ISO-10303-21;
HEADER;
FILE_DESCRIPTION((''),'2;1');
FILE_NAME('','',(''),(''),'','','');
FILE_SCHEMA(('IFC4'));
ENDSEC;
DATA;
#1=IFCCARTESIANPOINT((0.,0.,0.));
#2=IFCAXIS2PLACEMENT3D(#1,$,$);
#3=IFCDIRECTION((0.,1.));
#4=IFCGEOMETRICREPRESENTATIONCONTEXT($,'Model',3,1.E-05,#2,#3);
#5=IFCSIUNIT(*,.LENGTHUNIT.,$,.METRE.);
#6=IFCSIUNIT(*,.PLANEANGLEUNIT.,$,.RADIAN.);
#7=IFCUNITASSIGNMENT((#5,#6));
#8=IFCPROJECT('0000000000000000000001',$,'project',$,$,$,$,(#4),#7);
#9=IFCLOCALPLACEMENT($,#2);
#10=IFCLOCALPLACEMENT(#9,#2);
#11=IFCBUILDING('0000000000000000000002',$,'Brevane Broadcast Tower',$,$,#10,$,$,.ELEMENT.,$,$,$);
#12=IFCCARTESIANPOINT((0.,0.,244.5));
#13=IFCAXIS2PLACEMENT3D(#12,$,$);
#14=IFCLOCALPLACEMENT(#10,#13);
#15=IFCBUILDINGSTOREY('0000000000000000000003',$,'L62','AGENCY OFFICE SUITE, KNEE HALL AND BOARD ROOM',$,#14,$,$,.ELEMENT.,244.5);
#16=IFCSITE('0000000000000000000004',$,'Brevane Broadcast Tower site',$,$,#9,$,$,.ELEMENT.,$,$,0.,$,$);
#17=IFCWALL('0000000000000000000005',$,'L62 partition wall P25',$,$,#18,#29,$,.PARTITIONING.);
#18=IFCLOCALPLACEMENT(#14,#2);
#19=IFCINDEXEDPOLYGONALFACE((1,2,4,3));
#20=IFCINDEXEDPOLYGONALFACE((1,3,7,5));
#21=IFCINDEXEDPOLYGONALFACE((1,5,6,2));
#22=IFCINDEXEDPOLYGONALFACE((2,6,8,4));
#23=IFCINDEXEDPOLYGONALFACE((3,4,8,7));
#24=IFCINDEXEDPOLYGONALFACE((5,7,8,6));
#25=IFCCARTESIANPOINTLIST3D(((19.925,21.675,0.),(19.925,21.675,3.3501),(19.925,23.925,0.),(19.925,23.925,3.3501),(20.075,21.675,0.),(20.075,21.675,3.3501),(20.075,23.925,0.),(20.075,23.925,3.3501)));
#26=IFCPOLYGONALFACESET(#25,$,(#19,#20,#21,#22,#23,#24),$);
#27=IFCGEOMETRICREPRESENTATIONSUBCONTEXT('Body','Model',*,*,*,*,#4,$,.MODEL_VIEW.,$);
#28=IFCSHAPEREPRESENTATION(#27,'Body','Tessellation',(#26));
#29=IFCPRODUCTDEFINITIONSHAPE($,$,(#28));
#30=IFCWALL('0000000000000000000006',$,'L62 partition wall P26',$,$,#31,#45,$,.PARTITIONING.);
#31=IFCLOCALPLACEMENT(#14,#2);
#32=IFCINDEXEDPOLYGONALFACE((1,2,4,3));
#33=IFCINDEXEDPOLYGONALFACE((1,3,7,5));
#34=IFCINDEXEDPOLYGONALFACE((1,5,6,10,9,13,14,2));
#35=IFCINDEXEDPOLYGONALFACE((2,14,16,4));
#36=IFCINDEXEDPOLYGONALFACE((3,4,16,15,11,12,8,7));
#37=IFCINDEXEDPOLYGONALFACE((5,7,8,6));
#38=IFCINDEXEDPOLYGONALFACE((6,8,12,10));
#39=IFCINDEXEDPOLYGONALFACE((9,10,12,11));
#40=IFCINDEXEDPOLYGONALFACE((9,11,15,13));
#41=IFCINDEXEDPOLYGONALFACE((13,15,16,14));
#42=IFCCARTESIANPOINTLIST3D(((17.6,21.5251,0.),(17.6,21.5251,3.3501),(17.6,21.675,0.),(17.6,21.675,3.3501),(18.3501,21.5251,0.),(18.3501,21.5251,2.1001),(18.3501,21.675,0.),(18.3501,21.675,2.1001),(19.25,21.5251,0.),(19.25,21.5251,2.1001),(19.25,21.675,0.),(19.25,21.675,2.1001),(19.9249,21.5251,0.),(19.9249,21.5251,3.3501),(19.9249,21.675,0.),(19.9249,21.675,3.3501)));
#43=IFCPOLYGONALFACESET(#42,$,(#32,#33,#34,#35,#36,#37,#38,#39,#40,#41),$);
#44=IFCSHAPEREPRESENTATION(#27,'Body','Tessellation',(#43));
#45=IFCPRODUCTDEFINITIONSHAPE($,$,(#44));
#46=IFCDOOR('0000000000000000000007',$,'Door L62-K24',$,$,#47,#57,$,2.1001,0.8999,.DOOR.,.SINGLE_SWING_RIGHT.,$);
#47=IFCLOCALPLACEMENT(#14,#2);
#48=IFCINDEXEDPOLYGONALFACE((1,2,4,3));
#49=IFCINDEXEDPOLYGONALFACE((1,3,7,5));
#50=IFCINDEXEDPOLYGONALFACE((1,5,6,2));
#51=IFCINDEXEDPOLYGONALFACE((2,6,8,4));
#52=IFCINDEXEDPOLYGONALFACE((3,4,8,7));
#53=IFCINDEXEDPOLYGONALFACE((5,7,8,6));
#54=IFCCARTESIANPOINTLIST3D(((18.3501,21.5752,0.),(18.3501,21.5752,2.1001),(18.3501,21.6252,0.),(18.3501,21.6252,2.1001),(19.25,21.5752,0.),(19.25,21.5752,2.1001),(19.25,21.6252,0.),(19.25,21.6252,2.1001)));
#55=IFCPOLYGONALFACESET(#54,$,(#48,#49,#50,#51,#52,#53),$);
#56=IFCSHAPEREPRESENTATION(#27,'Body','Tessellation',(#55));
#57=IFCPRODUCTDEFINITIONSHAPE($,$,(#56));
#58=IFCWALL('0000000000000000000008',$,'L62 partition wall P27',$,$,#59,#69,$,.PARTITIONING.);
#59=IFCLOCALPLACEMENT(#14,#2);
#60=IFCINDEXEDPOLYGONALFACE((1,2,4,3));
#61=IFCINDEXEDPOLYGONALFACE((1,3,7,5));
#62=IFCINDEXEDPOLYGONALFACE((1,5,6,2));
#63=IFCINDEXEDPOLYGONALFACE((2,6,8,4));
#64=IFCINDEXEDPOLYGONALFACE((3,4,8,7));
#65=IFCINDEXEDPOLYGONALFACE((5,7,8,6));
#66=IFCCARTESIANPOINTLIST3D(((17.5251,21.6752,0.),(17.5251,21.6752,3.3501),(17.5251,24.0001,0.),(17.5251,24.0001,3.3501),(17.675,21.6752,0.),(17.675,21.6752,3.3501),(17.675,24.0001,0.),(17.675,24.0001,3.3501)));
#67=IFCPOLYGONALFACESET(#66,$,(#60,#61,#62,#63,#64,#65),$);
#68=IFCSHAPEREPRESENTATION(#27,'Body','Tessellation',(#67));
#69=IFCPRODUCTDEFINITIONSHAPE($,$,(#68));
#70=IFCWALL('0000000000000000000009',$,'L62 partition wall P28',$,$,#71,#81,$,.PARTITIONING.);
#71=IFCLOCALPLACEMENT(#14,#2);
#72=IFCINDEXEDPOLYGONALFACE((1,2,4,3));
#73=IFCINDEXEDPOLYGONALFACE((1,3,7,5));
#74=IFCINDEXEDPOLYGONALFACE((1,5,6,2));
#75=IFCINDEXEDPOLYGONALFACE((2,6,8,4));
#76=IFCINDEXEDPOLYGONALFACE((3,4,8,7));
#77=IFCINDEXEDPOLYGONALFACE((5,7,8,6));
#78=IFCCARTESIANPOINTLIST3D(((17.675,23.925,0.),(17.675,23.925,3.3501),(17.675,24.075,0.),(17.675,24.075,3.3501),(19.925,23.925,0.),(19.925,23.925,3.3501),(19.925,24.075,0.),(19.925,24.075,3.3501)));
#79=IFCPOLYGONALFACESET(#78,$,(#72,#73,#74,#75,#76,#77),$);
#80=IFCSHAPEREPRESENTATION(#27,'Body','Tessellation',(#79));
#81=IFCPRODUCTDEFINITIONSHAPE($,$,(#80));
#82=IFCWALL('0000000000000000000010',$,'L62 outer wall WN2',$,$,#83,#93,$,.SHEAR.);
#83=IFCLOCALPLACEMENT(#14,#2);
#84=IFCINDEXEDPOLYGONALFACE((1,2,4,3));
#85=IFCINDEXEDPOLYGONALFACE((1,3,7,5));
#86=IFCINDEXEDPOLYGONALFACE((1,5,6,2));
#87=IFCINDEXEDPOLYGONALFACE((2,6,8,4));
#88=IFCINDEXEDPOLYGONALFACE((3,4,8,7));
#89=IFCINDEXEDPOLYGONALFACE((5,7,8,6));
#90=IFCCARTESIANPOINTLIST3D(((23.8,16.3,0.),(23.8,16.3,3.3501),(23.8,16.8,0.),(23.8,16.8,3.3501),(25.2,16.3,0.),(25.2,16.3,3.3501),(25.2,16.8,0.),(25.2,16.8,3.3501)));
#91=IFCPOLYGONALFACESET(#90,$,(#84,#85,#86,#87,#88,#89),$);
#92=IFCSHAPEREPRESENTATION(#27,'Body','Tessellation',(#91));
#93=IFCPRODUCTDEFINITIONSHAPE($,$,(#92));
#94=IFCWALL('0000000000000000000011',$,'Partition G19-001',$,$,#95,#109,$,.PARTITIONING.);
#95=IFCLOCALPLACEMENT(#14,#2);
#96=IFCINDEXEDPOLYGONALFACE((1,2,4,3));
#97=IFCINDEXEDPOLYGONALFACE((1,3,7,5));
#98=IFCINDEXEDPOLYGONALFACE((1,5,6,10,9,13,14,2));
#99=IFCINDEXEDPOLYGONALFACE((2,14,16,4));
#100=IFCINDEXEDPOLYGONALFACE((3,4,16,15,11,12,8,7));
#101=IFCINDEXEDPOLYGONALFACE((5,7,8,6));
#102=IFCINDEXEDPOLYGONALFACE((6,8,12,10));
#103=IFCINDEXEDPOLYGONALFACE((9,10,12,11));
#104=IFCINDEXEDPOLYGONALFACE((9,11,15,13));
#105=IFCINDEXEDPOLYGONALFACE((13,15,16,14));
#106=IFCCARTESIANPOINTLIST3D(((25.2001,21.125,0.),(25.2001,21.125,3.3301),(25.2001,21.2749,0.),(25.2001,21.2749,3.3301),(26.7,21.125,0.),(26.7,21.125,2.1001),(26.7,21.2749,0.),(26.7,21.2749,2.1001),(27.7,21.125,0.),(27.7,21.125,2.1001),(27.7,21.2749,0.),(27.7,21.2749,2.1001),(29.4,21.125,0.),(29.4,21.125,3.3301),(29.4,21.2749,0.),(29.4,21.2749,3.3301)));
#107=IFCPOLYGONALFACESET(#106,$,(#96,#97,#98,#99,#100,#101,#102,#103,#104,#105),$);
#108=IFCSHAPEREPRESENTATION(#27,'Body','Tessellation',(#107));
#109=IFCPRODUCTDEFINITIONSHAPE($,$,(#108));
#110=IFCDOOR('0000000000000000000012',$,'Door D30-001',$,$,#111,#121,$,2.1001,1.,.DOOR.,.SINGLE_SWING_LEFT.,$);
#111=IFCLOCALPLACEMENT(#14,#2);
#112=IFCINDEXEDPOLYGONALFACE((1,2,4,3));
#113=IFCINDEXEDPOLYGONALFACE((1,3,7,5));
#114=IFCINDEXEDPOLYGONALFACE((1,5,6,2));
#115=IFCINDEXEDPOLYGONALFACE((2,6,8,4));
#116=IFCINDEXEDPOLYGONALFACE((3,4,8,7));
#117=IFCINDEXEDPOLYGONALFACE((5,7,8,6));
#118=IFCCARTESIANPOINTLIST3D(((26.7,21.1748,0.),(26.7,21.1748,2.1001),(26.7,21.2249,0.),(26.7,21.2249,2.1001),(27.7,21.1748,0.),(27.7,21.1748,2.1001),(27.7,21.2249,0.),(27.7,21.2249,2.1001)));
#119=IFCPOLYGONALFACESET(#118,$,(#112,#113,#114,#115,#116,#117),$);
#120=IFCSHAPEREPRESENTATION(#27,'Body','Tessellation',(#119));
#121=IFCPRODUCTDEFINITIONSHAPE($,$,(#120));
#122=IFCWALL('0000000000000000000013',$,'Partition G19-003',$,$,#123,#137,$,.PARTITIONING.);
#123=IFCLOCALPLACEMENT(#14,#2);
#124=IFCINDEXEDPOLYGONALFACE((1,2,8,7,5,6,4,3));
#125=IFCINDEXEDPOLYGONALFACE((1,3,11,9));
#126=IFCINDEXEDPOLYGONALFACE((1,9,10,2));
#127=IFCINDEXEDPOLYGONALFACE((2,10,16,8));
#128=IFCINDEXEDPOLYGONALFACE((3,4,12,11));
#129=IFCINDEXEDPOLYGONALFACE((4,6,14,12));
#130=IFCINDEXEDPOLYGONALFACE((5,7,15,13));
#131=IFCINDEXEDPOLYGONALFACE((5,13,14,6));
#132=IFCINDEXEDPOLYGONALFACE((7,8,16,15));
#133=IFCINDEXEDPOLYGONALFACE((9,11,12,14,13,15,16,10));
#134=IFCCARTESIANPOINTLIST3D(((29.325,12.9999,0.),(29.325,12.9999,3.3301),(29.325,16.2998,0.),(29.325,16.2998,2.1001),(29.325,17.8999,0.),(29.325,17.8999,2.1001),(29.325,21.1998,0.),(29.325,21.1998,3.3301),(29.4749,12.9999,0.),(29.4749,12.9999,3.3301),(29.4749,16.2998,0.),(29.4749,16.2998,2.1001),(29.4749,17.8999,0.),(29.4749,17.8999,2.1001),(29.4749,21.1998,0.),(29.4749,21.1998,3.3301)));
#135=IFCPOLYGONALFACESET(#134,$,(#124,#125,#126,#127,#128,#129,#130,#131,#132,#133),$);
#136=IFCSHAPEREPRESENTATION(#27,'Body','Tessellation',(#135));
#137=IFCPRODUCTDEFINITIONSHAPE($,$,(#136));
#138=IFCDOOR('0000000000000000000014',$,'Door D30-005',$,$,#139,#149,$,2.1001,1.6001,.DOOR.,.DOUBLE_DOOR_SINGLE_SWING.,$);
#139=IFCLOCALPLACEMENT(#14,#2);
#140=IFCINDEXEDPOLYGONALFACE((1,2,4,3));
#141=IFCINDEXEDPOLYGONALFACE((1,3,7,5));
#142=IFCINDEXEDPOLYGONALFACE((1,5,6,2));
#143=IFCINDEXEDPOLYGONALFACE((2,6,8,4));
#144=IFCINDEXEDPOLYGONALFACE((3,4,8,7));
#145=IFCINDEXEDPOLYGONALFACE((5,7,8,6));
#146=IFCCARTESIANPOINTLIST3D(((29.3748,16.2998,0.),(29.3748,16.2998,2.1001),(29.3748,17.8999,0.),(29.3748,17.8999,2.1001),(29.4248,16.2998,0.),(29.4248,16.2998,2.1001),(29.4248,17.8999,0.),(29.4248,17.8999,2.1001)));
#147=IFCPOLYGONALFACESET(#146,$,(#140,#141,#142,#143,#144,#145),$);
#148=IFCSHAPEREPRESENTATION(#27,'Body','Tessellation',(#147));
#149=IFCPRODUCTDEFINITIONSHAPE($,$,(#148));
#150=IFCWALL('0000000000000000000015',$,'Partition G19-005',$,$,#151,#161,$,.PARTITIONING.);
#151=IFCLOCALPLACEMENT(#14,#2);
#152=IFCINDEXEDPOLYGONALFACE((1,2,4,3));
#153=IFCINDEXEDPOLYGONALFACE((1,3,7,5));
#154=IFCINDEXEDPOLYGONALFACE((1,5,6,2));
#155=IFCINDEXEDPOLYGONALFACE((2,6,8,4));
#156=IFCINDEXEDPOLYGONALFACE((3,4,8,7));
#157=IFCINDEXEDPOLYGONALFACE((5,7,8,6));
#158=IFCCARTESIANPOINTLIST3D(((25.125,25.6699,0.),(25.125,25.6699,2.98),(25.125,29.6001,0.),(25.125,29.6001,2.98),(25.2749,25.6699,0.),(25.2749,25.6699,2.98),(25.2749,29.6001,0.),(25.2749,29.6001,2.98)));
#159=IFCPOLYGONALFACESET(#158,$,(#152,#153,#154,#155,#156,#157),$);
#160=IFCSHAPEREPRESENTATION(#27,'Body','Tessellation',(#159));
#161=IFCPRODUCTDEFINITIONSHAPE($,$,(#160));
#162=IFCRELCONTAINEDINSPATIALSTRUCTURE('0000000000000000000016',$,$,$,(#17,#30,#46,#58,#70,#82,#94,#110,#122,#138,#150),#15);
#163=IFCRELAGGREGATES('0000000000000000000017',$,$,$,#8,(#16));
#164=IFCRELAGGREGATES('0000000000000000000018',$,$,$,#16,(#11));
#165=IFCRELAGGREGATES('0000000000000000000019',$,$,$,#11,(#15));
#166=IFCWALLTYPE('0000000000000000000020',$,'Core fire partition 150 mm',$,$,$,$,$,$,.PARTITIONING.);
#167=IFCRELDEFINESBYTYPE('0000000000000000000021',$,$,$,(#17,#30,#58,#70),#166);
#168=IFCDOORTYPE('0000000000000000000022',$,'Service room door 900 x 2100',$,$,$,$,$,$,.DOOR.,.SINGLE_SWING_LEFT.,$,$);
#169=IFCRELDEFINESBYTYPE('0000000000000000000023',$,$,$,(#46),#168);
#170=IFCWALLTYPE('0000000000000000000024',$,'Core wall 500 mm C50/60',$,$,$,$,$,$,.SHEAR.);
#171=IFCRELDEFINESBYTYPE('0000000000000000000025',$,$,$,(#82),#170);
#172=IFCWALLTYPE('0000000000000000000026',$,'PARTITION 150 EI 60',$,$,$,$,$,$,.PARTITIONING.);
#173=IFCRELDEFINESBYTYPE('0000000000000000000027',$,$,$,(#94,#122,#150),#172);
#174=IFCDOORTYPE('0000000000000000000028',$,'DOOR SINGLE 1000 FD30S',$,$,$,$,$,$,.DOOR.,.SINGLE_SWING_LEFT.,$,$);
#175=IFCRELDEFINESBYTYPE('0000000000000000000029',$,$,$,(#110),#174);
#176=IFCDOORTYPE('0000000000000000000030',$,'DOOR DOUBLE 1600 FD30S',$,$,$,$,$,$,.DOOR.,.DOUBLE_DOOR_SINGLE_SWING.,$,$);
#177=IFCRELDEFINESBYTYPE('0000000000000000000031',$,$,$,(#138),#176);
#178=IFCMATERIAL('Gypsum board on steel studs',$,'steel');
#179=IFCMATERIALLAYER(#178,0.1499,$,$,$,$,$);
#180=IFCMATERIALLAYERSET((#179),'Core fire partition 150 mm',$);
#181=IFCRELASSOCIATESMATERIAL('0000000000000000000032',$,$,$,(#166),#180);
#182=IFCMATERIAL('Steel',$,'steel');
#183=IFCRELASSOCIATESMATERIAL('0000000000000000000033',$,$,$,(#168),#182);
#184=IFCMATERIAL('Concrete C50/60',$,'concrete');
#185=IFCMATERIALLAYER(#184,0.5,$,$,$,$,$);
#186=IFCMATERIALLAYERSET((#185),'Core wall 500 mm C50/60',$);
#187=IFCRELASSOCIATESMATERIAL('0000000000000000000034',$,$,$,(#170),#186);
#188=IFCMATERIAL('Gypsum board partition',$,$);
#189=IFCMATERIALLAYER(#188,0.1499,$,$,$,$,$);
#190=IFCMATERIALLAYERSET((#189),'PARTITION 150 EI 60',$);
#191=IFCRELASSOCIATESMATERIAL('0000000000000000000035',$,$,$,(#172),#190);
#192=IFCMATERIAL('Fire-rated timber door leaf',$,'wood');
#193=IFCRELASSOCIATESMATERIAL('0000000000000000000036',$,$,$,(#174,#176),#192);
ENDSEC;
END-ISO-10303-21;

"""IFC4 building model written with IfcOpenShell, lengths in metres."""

from ifc_helpers import new_model, si_unit, direction, frame, frame_2d, origin, place, context, subcontext, project, spatial, rectangle, extrude, material, layer, layer_set, type_object, element, fill, save


model = new_model("IFC4")

# Units and contexts
model_context = context("Model", 3, precision=1e-05, world=origin(), true_north=direction((0.0, 1.0)))
body_context = subcontext(model_context, "Body", "Model", "MODEL_VIEW")
ifc_project = project(units=[si_unit("LENGTHUNIT", "METRE"), si_unit("PLANEANGLEUNIT", "RADIAN")], contexts=[model_context])

# Site, building, storey
site_placement = place(None, origin())
site = spatial("IfcSite", under=ifc_project, at=site_placement, Name="Brevane Broadcast Tower site", CompositionType="ELEMENT", RefElevation=0.0)
building_placement = place(site_placement, origin())
building = spatial("IfcBuilding", under=site, at=building_placement, Name="Brevane Broadcast Tower", CompositionType="ELEMENT")
storey_placement = place(building_placement, frame((0.0, 0.0, 244.5)))
storey = spatial("IfcBuildingStorey", under=building, at=storey_placement, Name="L62", Description="AGENCY OFFICE SUITE, KNEE HALL AND BOARD ROOM", CompositionType="ELEMENT", Elevation=244.5)

# Shared definitions
ifc_material_1 = material(Name="Concrete C50/60", Category="concrete")

# Shared definitions
ifc_material_2 = material(Name="Gypsum board on steel studs", Category="steel")
ifc_layer_1 = layer(ifc_material_2, 0.1499)
ifc_layer_set_1 = layer_set([ifc_layer_1], Name="Core fire partition 150 mm")
wall_type_1 = type_object("IfcWallType", Name="Core fire partition 150 mm", PredefinedType="PARTITIONING", material=ifc_layer_set_1)

# Wall
wall_1_placement = place(storey_placement, frame((20.0, 21.675, 0.0), z_axis=(0.0, 0.0, 1.0), x_axis=(0.0, 1.0, 0.0)))
element("IfcWall", 1, at=wall_1_placement, inside=storey, type_object=wall_type_1, Name="L62 partition wall P25", PredefinedType="PARTITIONING", context=body_context, shape_type="SweptSolid", body=[
    extrude(rectangle(XDim=2.25, YDim=0.1499, at=frame_2d((1.125, 0.0))), origin(), (0.0, 0.0, 1.0), 3.3501),
])

# Wall, opening, door
wall_2_placement = place(storey_placement, frame((19.925, 21.6001, 0.0), z_axis=(0.0, 0.0, 1.0), x_axis=(-1.0, 0.0, 0.0)))
wall_2 = element("IfcWall", 2, at=wall_2_placement, inside=storey, type_object=wall_type_1, Name="L62 partition wall P26", PredefinedType="PARTITIONING", context=body_context, shape_type="SweptSolid", body=[
    extrude(rectangle(XDim=2.325, YDim=0.1499, at=frame_2d((1.1626, 0.0))), origin(), (0.0, 0.0, 1.0), 3.3501),
])
opening_1_placement = place(wall_2_placement, frame((0.675, 0.0, 0.0)))
opening_1 = element("IfcOpeningElement", 3, at=opening_1_placement, cuts=wall_2, PredefinedType="OPENING", context=body_context, shape_type="SweptSolid", body=[
    extrude(rectangle(XDim=0.8999, YDim=2.1001, at=frame_2d((0.45, 1.05))), frame((0.0, 0.085, 0.0), z_axis=(0.0, -1.0, 0.0), x_axis=(1.0, 0.0, 0.0)), (0.0, 0.0, 1.0), 0.1699),
])
ifc_material_3 = material(Name="Steel", Category="steel")
door_type_1 = type_object("IfcDoorType", Name="Service room door 900 x 2100", OperationType="SINGLE_SWING_LEFT", PredefinedType="DOOR", material=ifc_material_3)
door_1_placement = place(opening_1_placement, origin())
door_1 = element("IfcDoor", 4, at=door_1_placement, inside=storey, type_object=door_type_1, Name="Door L62-K24", OperationType="SINGLE_SWING_RIGHT", OverallHeight=2.1001, OverallWidth=0.8999, PredefinedType="DOOR", context=body_context, shape_type="SweptSolid", body=[
    extrude(rectangle(XDim=0.8999, YDim=2.1001, at=frame_2d((0.45, 1.05))), frame((0.0, 0.0249, 0.0), z_axis=(0.0, -1.0, 0.0), x_axis=(1.0, 0.0, 0.0)), (0.0, 0.0, 1.0), 0.05),
])
fill(opening_1, door_1)

# Walls
wall_3_placement = place(storey_placement, frame((17.6001, 21.675, 0.0), z_axis=(0.0, 0.0, 1.0), x_axis=(0.0, 1.0, 0.0)))
element("IfcWall", 5, at=wall_3_placement, inside=storey, type_object=wall_type_1, Name="L62 partition wall P27", PredefinedType="PARTITIONING", context=body_context, shape_type="SweptSolid", body=[
    extrude(rectangle(XDim=2.325, YDim=0.1499, at=frame_2d((1.1626, 0.0))), origin(), (0.0, 0.0, 1.0), 3.3501),
])
wall_4_placement = place(storey_placement, frame((17.675, 24.0, 0.0), z_axis=(0.0, 0.0, 1.0), x_axis=(1.0, 0.0, 0.0)))
element("IfcWall", 6, at=wall_4_placement, inside=storey, type_object=wall_type_1, Name="L62 partition wall P28", PredefinedType="PARTITIONING", context=body_context, shape_type="SweptSolid", body=[
    extrude(rectangle(XDim=2.25, YDim=0.1499, at=frame_2d((1.125, 0.0))), origin(), (0.0, 0.0, 1.0), 3.3501),
])
ifc_layer_2 = layer(ifc_material_1, 0.5)
ifc_layer_set_2 = layer_set([ifc_layer_2], Name="Core wall 500 mm C50/60")
wall_type_2 = type_object("IfcWallType", Name="Core wall 500 mm C50/60", PredefinedType="SHEAR", material=ifc_layer_set_2)
wall_5_placement = place(storey_placement, frame((23.8, 16.55, 0.0), z_axis=(0.0, 0.0, 1.0), x_axis=(1.0, 0.0, 0.0)))
element("IfcWall", 7, at=wall_5_placement, inside=storey, type_object=wall_type_2, Name="L62 outer wall WN2", PredefinedType="SHEAR", context=body_context, shape_type="SweptSolid", body=[
    extrude(rectangle(XDim=1.3999, YDim=0.5, at=frame_2d((0.7, 0.0))), origin(), (0.0, 0.0, 1.0), 3.3501),
])

# Walls, openings, doors
ifc_material_4 = material(Name="Gypsum board partition")
ifc_layer_3 = layer(ifc_material_4, 0.1499)
ifc_layer_set_3 = layer_set([ifc_layer_3], Name="PARTITION 150 EI 60")
wall_type_3 = type_object("IfcWallType", Name="PARTITION 150 EI 60", PredefinedType="PARTITIONING", material=ifc_layer_set_3)
wall_6_placement = place(storey_placement, frame((25.2, 21.2, 0.0), z_axis=(0.0, 0.0, 1.0), x_axis=(1.0, 0.0, 0.0)))
wall_6 = element("IfcWall", 8, at=wall_6_placement, inside=storey, type_object=wall_type_3, Name="Partition G19-001", PredefinedType="PARTITIONING", context=body_context, shape_type="SweptSolid", body=[
    extrude(rectangle(XDim=4.2, YDim=0.1499, at=frame_2d((2.1001, 0.0))), origin(), (0.0, 0.0, 1.0), 3.3301),
])
opening_2_placement = place(wall_6_placement, frame((1.5, 0.0, 0.0)))
opening_2 = element("IfcOpeningElement", 9, at=opening_2_placement, cuts=wall_6, PredefinedType="OPENING", context=body_context, shape_type="SweptSolid", body=[
    extrude(rectangle(XDim=1.0, YDim=2.1001, at=frame_2d((0.5, 1.05))), frame((0.0, 0.085, 0.0), z_axis=(0.0, -1.0, 0.0), x_axis=(1.0, 0.0, 0.0)), (0.0, 0.0, 1.0), 0.1699),
])
ifc_material_5 = material(Name="Fire-rated timber door leaf", Category="wood")
door_type_2 = type_object("IfcDoorType", Name="DOOR SINGLE 1000 FD30S", OperationType="SINGLE_SWING_LEFT", PredefinedType="DOOR", material=ifc_material_5)
door_2_placement = place(opening_2_placement, origin())
door_2 = element("IfcDoor", 10, at=door_2_placement, inside=storey, type_object=door_type_2, Name="Door D30-001", OperationType="SINGLE_SWING_LEFT", OverallHeight=2.1001, OverallWidth=1.0, PredefinedType="DOOR", context=body_context, shape_type="SweptSolid", body=[
    extrude(rectangle(XDim=1.0, YDim=2.1001, at=frame_2d((0.5, 1.05))), frame((0.0, 0.0249, 0.0), z_axis=(0.0, -1.0, 0.0), x_axis=(1.0, 0.0, 0.0)), (0.0, 0.0, 1.0), 0.05),
])
fill(opening_2, door_2)
wall_7_placement = place(storey_placement, frame((29.3999, 21.2, 0.0), z_axis=(0.0, 0.0, 1.0), x_axis=(0.0, -1.0, 0.0)))
wall_7 = element("IfcWall", 11, at=wall_7_placement, inside=storey, type_object=wall_type_3, Name="Partition G19-003", PredefinedType="PARTITIONING", context=body_context, shape_type="SweptSolid", body=[
    extrude(rectangle(XDim=8.2, YDim=0.1499, at=frame_2d((4.1001, 0.0))), origin(), (0.0, 0.0, 1.0), 3.3301),
])
opening_3_placement = place(wall_7_placement, frame((3.3, 0.0, 0.0)))
opening_3 = element("IfcOpeningElement", 12, at=opening_3_placement, cuts=wall_7, PredefinedType="OPENING", context=body_context, shape_type="SweptSolid", body=[
    extrude(rectangle(XDim=1.6001, YDim=2.1001, at=frame_2d((0.8, 1.05))), frame((0.0, 0.085, 0.0), z_axis=(0.0, -1.0, 0.0), x_axis=(1.0, 0.0, 0.0)), (0.0, 0.0, 1.0), 0.1699),
])
door_type_3 = type_object("IfcDoorType", Name="DOOR DOUBLE 1600 FD30S", OperationType="DOUBLE_DOOR_SINGLE_SWING", PredefinedType="DOOR", material=ifc_material_5)
door_3_placement = place(opening_3_placement, origin())
door_3 = element("IfcDoor", 13, at=door_3_placement, inside=storey, type_object=door_type_3, Name="Door D30-005", OperationType="DOUBLE_DOOR_SINGLE_SWING", OverallHeight=2.1001, OverallWidth=1.6001, PredefinedType="DOOR", context=body_context, shape_type="SweptSolid", body=[
    extrude(rectangle(XDim=1.6001, YDim=2.1001, at=frame_2d((0.8, 1.05))), frame((0.0, 0.0249, 0.0), z_axis=(0.0, -1.0, 0.0), x_axis=(1.0, 0.0, 0.0)), (0.0, 0.0, 1.0), 0.05),
])
fill(opening_3, door_3)

# Wall
wall_8_placement = place(storey_placement, frame((25.2, 25.6699, 0.0), z_axis=(0.0, 0.0, 1.0), x_axis=(0.0, 1.0, 0.0)))
element("IfcWall", 14, at=wall_8_placement, inside=storey, type_object=wall_type_3, Name="Partition G19-005", PredefinedType="PARTITIONING", context=body_context, shape_type="SweptSolid", body=[
    extrude(rectangle(XDim=3.9302, YDim=0.1499, at=frame_2d((1.9651, 0.0))), origin(), (0.0, 0.0, 1.0), 2.98),
])

save(model, "model.ifc")
